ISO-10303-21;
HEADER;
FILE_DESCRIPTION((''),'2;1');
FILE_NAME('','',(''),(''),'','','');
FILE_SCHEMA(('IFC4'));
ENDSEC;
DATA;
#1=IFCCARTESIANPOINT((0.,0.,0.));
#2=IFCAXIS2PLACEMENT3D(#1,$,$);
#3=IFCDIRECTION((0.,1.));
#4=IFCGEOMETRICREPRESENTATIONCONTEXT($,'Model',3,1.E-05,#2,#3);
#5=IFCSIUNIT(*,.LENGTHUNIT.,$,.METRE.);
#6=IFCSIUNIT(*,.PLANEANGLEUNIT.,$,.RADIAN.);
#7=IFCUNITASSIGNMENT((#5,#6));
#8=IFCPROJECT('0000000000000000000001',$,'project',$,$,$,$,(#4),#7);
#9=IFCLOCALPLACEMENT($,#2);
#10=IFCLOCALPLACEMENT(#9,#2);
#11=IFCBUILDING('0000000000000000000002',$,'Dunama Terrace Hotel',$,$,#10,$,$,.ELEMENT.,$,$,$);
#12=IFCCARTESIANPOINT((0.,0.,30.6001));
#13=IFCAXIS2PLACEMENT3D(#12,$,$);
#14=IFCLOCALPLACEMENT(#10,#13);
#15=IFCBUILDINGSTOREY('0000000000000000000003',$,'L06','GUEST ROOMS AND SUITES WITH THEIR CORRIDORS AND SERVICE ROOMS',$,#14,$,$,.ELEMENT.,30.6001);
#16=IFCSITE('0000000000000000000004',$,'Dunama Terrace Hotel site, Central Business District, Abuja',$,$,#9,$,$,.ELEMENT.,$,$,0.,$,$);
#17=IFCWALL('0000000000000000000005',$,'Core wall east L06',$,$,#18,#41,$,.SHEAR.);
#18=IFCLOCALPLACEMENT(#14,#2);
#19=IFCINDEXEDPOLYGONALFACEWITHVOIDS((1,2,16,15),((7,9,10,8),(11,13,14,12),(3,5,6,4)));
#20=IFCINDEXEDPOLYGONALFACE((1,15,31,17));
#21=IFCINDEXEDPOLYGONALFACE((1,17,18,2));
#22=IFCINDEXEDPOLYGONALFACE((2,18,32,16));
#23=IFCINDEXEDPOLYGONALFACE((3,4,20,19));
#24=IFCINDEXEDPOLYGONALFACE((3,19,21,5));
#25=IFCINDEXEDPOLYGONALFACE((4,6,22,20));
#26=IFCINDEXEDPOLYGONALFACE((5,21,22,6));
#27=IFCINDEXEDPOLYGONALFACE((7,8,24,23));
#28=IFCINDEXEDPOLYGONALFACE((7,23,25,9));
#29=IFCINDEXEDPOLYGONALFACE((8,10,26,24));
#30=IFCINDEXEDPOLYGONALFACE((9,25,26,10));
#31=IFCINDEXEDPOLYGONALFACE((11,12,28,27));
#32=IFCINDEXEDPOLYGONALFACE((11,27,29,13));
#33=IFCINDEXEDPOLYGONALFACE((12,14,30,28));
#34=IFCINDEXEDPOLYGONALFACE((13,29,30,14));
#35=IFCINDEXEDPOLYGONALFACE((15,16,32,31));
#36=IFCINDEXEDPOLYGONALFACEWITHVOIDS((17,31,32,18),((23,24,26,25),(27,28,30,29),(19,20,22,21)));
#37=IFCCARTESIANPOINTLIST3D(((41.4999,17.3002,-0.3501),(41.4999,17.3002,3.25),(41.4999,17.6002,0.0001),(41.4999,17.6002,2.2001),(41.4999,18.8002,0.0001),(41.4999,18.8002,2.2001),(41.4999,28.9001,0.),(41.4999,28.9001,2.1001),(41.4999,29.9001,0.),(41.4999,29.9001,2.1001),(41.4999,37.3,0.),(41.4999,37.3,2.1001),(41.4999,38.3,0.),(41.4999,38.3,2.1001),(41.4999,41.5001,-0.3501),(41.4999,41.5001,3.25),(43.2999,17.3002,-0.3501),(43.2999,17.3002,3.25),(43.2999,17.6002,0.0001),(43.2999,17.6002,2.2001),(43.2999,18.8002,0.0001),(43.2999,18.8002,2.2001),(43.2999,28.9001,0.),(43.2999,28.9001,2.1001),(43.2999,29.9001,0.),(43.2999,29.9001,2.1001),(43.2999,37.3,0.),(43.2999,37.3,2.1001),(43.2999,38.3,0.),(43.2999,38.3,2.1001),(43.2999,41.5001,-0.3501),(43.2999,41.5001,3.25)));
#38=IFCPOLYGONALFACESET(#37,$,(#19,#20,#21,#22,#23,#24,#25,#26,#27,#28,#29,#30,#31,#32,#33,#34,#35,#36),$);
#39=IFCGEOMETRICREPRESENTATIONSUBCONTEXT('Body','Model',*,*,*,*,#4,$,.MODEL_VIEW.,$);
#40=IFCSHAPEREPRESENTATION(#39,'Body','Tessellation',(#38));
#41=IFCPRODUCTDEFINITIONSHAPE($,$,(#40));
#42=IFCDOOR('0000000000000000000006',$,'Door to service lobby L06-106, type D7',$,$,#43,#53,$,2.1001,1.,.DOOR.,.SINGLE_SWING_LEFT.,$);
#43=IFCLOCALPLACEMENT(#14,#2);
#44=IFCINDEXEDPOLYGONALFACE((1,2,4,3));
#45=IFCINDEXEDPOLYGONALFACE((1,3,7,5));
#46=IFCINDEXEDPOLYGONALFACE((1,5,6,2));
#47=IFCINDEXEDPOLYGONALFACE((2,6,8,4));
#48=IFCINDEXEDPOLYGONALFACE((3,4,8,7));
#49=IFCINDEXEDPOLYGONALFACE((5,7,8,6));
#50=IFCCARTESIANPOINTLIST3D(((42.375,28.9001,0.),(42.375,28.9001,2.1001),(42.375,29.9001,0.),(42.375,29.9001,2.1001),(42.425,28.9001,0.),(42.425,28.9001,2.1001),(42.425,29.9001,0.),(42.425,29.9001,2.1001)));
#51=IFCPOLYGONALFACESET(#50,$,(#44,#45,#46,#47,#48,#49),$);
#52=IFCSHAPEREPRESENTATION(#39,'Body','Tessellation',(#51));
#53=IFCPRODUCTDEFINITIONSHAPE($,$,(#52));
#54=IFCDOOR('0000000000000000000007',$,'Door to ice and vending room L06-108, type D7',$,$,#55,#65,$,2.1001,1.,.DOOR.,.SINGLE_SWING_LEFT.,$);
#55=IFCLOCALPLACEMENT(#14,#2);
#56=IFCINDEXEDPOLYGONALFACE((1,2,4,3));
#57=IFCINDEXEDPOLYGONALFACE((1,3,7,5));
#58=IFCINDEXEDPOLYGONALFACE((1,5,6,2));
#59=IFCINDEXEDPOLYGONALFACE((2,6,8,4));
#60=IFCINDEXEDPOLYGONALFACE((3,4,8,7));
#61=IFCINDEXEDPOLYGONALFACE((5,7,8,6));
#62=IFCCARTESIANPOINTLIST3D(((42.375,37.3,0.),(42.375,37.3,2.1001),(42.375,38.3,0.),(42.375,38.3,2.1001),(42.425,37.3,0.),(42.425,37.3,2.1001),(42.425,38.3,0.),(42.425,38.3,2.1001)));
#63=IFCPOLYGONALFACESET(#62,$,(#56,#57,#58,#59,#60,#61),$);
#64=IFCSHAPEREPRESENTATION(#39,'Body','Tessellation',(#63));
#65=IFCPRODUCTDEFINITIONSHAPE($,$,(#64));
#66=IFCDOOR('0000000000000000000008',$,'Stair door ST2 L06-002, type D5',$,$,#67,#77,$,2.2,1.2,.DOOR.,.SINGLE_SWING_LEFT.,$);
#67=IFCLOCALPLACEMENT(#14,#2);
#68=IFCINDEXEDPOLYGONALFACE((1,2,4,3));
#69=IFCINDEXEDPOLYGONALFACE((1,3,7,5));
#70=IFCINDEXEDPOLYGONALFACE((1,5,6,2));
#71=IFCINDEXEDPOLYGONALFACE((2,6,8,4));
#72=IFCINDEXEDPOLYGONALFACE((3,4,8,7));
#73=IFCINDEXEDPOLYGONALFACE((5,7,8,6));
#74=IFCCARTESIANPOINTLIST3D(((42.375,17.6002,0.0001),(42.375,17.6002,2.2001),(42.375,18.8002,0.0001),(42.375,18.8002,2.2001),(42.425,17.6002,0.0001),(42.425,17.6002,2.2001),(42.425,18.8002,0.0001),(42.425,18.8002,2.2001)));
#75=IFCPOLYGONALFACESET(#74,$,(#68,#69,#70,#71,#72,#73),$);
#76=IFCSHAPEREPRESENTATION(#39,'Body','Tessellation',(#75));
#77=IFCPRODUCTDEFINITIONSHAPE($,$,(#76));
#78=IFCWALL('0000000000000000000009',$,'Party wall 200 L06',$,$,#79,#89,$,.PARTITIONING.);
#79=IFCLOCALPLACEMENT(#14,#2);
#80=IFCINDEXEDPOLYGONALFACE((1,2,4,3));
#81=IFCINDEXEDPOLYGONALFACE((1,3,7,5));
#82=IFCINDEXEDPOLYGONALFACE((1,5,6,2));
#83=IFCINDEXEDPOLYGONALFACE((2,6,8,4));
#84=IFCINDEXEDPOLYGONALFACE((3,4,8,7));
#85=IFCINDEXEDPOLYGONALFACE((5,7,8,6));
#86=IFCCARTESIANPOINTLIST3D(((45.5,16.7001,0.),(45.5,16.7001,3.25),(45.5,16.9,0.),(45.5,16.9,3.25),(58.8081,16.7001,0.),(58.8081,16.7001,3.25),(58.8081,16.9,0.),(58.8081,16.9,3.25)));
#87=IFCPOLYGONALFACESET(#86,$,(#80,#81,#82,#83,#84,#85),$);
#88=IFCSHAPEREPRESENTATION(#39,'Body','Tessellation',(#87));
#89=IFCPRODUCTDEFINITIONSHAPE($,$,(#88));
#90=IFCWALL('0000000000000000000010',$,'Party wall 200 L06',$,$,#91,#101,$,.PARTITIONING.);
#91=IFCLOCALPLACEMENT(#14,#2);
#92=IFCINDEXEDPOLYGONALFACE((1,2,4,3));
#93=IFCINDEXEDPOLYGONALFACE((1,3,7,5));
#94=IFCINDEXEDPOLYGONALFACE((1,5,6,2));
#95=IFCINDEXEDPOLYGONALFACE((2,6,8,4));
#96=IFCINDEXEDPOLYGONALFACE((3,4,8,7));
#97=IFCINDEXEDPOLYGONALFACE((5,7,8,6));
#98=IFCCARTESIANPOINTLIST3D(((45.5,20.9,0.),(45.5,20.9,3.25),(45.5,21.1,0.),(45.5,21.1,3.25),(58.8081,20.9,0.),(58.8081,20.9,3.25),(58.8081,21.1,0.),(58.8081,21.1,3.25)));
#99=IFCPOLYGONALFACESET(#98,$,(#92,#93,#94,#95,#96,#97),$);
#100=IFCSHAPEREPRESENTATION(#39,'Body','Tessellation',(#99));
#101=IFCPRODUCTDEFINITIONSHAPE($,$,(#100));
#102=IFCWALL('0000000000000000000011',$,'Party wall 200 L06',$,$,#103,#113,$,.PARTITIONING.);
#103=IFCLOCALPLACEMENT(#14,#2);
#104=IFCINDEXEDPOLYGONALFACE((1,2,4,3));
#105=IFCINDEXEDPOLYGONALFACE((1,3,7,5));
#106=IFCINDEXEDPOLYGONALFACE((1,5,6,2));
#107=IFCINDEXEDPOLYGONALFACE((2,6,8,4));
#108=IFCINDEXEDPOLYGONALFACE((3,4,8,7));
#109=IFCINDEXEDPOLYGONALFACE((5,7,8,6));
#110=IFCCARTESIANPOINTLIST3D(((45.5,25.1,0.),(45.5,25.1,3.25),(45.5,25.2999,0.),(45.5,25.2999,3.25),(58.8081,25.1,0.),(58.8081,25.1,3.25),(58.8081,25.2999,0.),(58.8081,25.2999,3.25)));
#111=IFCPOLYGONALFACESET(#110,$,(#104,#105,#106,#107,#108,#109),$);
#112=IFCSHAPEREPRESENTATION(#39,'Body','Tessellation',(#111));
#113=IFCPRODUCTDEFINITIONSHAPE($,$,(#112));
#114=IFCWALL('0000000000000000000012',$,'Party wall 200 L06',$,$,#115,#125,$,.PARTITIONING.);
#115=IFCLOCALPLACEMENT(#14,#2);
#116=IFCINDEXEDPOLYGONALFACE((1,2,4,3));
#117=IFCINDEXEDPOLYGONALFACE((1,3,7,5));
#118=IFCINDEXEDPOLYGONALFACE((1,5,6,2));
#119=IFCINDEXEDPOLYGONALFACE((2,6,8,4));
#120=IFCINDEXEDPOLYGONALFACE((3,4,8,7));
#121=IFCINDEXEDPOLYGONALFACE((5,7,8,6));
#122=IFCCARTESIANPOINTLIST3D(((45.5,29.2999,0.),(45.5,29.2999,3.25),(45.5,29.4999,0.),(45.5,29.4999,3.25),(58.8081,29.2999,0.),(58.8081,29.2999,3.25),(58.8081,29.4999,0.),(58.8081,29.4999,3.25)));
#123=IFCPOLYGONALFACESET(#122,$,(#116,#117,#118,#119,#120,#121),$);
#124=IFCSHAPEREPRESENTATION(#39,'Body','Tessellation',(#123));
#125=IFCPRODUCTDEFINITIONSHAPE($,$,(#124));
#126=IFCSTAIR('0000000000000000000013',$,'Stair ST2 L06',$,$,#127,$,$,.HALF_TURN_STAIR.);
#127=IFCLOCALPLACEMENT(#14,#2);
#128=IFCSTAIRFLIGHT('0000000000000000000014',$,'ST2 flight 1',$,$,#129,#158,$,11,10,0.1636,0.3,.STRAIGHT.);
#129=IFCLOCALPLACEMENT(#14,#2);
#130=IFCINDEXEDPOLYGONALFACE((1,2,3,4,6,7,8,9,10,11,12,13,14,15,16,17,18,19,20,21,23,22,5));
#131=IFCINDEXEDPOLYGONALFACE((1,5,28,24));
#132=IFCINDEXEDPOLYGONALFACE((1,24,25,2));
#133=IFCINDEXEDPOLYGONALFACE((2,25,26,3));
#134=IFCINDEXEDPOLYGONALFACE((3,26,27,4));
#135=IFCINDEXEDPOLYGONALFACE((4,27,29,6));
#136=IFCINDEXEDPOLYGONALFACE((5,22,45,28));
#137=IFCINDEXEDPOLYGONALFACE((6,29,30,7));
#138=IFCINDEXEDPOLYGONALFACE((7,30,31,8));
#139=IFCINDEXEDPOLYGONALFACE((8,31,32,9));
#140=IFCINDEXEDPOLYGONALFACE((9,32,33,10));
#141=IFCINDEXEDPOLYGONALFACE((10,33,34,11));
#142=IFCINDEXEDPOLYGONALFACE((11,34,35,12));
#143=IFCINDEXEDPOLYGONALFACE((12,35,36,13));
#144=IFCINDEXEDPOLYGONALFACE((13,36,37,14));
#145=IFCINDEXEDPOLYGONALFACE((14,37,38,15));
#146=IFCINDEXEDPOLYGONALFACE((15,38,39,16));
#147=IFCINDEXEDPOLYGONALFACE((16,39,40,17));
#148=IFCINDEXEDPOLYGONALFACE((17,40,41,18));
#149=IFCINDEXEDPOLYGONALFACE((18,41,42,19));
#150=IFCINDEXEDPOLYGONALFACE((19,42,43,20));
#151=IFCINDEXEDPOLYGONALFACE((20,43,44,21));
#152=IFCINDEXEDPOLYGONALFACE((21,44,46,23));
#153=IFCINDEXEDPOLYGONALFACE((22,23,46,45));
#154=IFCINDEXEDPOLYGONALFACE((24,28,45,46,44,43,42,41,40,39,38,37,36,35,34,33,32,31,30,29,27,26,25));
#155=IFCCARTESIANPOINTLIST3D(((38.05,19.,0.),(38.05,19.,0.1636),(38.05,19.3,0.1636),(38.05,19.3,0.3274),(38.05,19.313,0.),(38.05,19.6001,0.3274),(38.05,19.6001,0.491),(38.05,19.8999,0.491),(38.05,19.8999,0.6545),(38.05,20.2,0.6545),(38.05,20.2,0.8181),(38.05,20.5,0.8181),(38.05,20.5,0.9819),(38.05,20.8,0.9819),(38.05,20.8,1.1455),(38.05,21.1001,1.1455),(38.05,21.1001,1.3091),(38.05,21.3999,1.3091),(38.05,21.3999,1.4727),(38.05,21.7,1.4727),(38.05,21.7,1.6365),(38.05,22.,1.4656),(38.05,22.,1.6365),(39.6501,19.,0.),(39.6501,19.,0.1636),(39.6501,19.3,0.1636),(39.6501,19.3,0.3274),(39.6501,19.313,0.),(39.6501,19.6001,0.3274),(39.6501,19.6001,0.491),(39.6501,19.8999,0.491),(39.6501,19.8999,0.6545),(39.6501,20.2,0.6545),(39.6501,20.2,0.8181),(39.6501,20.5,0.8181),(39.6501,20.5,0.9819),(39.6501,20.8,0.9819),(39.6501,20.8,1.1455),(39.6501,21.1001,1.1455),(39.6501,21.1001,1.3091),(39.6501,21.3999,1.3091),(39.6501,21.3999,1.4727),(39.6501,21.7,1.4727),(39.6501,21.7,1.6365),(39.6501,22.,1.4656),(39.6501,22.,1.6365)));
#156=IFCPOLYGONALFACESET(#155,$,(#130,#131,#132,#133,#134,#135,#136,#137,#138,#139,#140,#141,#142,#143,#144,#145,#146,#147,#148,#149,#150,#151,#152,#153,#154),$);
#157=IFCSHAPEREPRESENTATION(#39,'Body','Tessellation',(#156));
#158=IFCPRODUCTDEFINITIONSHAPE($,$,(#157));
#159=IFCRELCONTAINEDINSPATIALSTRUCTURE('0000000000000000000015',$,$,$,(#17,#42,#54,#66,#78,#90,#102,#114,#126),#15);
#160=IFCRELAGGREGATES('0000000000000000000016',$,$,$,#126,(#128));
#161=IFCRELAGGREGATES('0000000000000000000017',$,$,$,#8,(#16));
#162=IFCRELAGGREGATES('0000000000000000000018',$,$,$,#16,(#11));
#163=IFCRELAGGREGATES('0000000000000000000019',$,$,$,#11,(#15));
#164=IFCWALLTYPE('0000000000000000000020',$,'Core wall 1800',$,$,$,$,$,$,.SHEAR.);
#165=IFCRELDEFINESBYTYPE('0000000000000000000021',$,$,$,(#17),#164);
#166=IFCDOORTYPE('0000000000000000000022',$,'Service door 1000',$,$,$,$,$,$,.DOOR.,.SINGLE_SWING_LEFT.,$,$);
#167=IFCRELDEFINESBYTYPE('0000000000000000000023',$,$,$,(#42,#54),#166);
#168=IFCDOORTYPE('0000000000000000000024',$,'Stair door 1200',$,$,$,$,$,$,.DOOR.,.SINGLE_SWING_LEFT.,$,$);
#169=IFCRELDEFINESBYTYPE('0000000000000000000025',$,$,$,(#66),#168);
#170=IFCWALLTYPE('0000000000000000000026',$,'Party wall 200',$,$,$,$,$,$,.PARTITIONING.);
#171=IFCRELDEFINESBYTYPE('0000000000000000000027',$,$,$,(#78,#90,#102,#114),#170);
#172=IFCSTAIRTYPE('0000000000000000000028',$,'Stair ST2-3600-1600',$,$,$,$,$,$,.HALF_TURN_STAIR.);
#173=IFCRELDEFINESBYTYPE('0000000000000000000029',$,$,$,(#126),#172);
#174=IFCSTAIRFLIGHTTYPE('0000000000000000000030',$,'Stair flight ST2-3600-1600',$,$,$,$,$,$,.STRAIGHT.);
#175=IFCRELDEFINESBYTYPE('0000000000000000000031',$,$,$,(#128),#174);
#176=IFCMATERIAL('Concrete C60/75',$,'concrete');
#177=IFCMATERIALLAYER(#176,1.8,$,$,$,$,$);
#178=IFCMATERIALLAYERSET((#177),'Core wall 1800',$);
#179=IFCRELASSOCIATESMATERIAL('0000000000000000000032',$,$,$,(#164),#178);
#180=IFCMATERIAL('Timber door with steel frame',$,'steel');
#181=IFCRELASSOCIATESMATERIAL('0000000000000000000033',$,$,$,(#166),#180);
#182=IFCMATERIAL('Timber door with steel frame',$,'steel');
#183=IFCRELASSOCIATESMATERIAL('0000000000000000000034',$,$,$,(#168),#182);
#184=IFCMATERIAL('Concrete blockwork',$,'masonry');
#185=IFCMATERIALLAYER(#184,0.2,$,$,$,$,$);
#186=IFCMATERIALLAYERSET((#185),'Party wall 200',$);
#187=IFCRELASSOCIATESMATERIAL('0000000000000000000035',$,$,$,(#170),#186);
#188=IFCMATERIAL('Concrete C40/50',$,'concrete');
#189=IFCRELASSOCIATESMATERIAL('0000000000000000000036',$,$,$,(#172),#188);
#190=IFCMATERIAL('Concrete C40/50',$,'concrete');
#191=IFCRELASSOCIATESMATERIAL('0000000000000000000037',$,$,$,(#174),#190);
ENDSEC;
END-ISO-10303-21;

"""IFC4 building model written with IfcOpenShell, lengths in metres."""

from ifc_helpers import new_model, si_unit, direction, frame, frame_2d, origin, place, context, subcontext, project, spatial, polyline, rectangle, outline, extrude, material, layer, layer_set, type_object, element, fill, aggregate, save


model = new_model("IFC4")

# Units and contexts
model_context = context("Model", 3, precision=1e-05, world=origin(), true_north=direction((0.0, 1.0)))
body_context = subcontext(model_context, "Body", "Model", "MODEL_VIEW")
ifc_project = project(units=[si_unit("LENGTHUNIT", "METRE"), si_unit("PLANEANGLEUNIT", "RADIAN")], contexts=[model_context])

# Site, building, storey
site_placement = place(None, origin())
site = spatial("IfcSite", under=ifc_project, at=site_placement, Name="Dunama Terrace Hotel site, Central Business District, Abuja", CompositionType="ELEMENT", RefElevation=0.0)
building_placement = place(site_placement, origin())
building = spatial("IfcBuilding", under=site, at=building_placement, Name="Dunama Terrace Hotel", CompositionType="ELEMENT")
storey_placement = place(building_placement, frame((0.0, 0.0, 30.6001)))
storey = spatial("IfcBuildingStorey", under=building, at=storey_placement, Name="L06", Description="GUEST ROOMS AND SUITES WITH THEIR CORRIDORS AND SERVICE ROOMS", CompositionType="ELEMENT", Elevation=30.6001)

# Wall, openings, doors
ifc_material_1 = material(Name="Concrete C60/75", Category="concrete")
ifc_layer_1 = layer(ifc_material_1, 1.8)
ifc_layer_set_1 = layer_set([ifc_layer_1], Name="Core wall 1800")
wall_type_1 = type_object("IfcWallType", Name="Core wall 1800", PredefinedType="SHEAR", material=ifc_layer_set_1)
wall_1_placement = place(storey_placement, frame((42.3999, 17.3, -0.3501), z_axis=(0.0, 0.0, 1.0), x_axis=(0.0, 1.0, 0.0)))
wall_1 = element("IfcWall", 1, at=wall_1_placement, inside=storey, type_object=wall_type_1, Name="Core wall east L06", PredefinedType="SHEAR", context=body_context, shape_type="SweptSolid", body=[
    extrude(rectangle(XDim=24.2, YDim=1.8, at=frame_2d((12.1001, 0.0))), origin(), (0.0, 0.0, 1.0), 3.6001),
])
opening_1_placement = place(wall_1_placement, frame((0.3, 0.0, 0.3501)))
opening_1 = element("IfcOpeningElement", 2, at=opening_1_placement, cuts=wall_1, PredefinedType="OPENING", context=body_context, shape_type="SweptSolid", body=[
    extrude(rectangle(XDim=1.2, YDim=2.2, at=frame_2d((0.6001, 1.1001))), frame((0.0, 0.9099, 0.0), z_axis=(0.0, -1.0, 0.0), x_axis=(1.0, 0.0, 0.0)), (0.0, 0.0, 1.0), 1.8201),
])
opening_2_placement = place(wall_1_placement, frame((11.6001, 0.0, 0.3501)))
opening_2 = element("IfcOpeningElement", 3, at=opening_2_placement, cuts=wall_1, PredefinedType="OPENING", context=body_context, shape_type="SweptSolid", body=[
    extrude(rectangle(XDim=1.0, YDim=2.1001, at=frame_2d((0.5, 1.05))), frame((0.0, 0.9099, 0.0), z_axis=(0.0, -1.0, 0.0), x_axis=(1.0, 0.0, 0.0)), (0.0, 0.0, 1.0), 1.8201),
])
opening_3_placement = place(wall_1_placement, frame((20.0, 0.0, 0.3501)))
opening_3 = element("IfcOpeningElement", 4, at=opening_3_placement, cuts=wall_1, PredefinedType="OPENING", context=body_context, shape_type="SweptSolid", body=[
    extrude(rectangle(XDim=1.0, YDim=2.1001, at=frame_2d((0.5, 1.05))), frame((0.0, 0.9099, 0.0), z_axis=(0.0, -1.0, 0.0), x_axis=(1.0, 0.0, 0.0)), (0.0, 0.0, 1.0), 1.8201),
])
ifc_material_2 = material(Name="Timber door with steel frame", Category="steel")
door_type_1 = type_object("IfcDoorType", Name="Service door 1000", OperationType="SINGLE_SWING_LEFT", PredefinedType="DOOR", material=ifc_material_2)
door_1_placement = place(opening_2_placement, origin())
door_1 = element("IfcDoor", 5, at=door_1_placement, inside=storey, type_object=door_type_1, Name="Door to service lobby L06-106, type D7", OperationType="SINGLE_SWING_LEFT", OverallHeight=2.1001, OverallWidth=1.0, PredefinedType="DOOR", context=body_context, shape_type="SweptSolid", body=[
    extrude(rectangle(XDim=1.0, YDim=2.1001, at=frame_2d((0.5, 1.05))), frame((0.0, 0.0249, 0.0), z_axis=(0.0, -1.0, 0.0), x_axis=(1.0, 0.0, 0.0)), (0.0, 0.0, 1.0), 0.05),
])
fill(opening_2, door_1)
door_2_placement = place(opening_3_placement, origin())
door_2 = element("IfcDoor", 6, at=door_2_placement, inside=storey, type_object=door_type_1, Name="Door to ice and vending room L06-108, type D7", OperationType="SINGLE_SWING_LEFT", OverallHeight=2.1001, OverallWidth=1.0, PredefinedType="DOOR", context=body_context, shape_type="SweptSolid", body=[
    extrude(rectangle(XDim=1.0, YDim=2.1001, at=frame_2d((0.5, 1.05))), frame((0.0, 0.0249, 0.0), z_axis=(0.0, -1.0, 0.0), x_axis=(1.0, 0.0, 0.0)), (0.0, 0.0, 1.0), 0.05),
])
fill(opening_3, door_2)
ifc_material_3 = material(Name="Timber door with steel frame", Category="steel")
door_type_2 = type_object("IfcDoorType", Name="Stair door 1200", OperationType="SINGLE_SWING_LEFT", PredefinedType="DOOR", material=ifc_material_3)
door_3_placement = place(opening_1_placement, origin())
door_3 = element("IfcDoor", 7, at=door_3_placement, inside=storey, type_object=door_type_2, Name="Stair door ST2 L06-002, type D5", OperationType="SINGLE_SWING_LEFT", OverallHeight=2.2, OverallWidth=1.2, PredefinedType="DOOR", context=body_context, shape_type="SweptSolid", body=[
    extrude(rectangle(XDim=1.2, YDim=2.2, at=frame_2d((0.6001, 1.1001))), frame((0.0, 0.0249, 0.0), z_axis=(0.0, -1.0, 0.0), x_axis=(1.0, 0.0, 0.0)), (0.0, 0.0, 1.0), 0.05),
])
fill(opening_1, door_3)

# Walls
ifc_material_4 = material(Name="Concrete blockwork", Category="masonry")
ifc_layer_2 = layer(ifc_material_4, 0.2)
ifc_layer_set_2 = layer_set([ifc_layer_2], Name="Party wall 200")
wall_type_2 = type_object("IfcWallType", Name="Party wall 200", PredefinedType="PARTITIONING", material=ifc_layer_set_2)
for number, where, z_axis, x_axis, name in (
    (8, (45.5, 16.8, 0.0), (0.0, 0.0, 1.0), (1.0, 0.0, 0.0), "Party wall 200 L06"),
    (9, (45.5, 21.0, 0.0), (0.0, 0.0, 1.0), (1.0, 0.0, 0.0), "Party wall 200 L06"),
    (10, (45.5, 25.2, 0.0), (0.0, 0.0, 1.0), (1.0, 0.0, 0.0), "Party wall 200 L06"),
    (11, (45.5, 29.3999, 0.0), (0.0, 0.0, 1.0), (1.0, 0.0, 0.0), "Party wall 200 L06"),
):
    element("IfcWall", number, at=place(storey_placement, frame(where, z_axis=z_axis, x_axis=x_axis)), inside=storey, type_object=wall_type_2, Name=name, PredefinedType="PARTITIONING", context=body_context, shape_type="SweptSolid", body=[
        extrude(rectangle(XDim=13.3081, YDim=0.2, at=frame_2d((6.6541, 0.0))), origin(), (0.0, 0.0, 1.0), 3.25),
    ])

# Stair, stair flight
ifc_material_5 = material(Name="Concrete C40/50", Category="concrete")
stair_type = type_object("IfcStairType", Name="Stair ST2-3600-1600", PredefinedType="HALF_TURN_STAIR", material=ifc_material_5)
stair_placement = place(storey_placement, origin())
stair = element("IfcStair", 12, at=stair_placement, inside=storey, type_object=stair_type, Name="Stair ST2 L06", PredefinedType="HALF_TURN_STAIR")
ifc_material_6 = material(Name="Concrete C40/50", Category="concrete")
stair_flight_type = type_object("IfcStairFlightType", Name="Stair flight ST2-3600-1600", PredefinedType="STRAIGHT", material=ifc_material_6)
stair_flight_1_placement = place(storey_placement, frame((38.8501, 19.0, 0.0), z_axis=(0.0, 0.0, 1.0), x_axis=(0.0, 1.0, 0.0)))
stair_flight_1 = element("IfcStairFlight", 13, at=stair_flight_1_placement, type_object=stair_flight_type, Name="ST2 flight 1", NumberOfRisers=11, NumberOfTreads=10, PredefinedType="STRAIGHT", RiserHeight=0.1636, TreadLength=0.3, context=body_context, shape_type="SweptSolid", body=[
    extrude(outline(polyline([(0.0, 0.0), (0.0, 0.1636), (0.3, 0.1636), (0.3, 0.3274), (0.6001, 0.3274), (0.6001, 0.491), (0.8999, 0.491), (0.8999, 0.6545), (1.2, 0.6545), (1.2, 0.8181), (1.5, 0.8181), (1.5, 0.9819), (1.8, 0.9819), (1.8, 1.1455), (2.1001, 1.1455), (2.1001, 1.3091), (2.3999, 1.3091), (2.3999, 1.4727), (2.7, 1.4727), (2.7, 1.6365), (3.0, 1.6365), (3.0, 1.8), (3.0, 1.4656), (0.313, 0.0), (0.0, 0.0)])), frame((0.0, 0.8, 0.0), z_axis=(0.0, -1.0, 0.0), x_axis=(1.0, 0.0, 0.0)), (0.0, 0.0, 1.0), 1.6001),
])
aggregate(stair, [stair_flight_1])

save(model, "model.ifc")
